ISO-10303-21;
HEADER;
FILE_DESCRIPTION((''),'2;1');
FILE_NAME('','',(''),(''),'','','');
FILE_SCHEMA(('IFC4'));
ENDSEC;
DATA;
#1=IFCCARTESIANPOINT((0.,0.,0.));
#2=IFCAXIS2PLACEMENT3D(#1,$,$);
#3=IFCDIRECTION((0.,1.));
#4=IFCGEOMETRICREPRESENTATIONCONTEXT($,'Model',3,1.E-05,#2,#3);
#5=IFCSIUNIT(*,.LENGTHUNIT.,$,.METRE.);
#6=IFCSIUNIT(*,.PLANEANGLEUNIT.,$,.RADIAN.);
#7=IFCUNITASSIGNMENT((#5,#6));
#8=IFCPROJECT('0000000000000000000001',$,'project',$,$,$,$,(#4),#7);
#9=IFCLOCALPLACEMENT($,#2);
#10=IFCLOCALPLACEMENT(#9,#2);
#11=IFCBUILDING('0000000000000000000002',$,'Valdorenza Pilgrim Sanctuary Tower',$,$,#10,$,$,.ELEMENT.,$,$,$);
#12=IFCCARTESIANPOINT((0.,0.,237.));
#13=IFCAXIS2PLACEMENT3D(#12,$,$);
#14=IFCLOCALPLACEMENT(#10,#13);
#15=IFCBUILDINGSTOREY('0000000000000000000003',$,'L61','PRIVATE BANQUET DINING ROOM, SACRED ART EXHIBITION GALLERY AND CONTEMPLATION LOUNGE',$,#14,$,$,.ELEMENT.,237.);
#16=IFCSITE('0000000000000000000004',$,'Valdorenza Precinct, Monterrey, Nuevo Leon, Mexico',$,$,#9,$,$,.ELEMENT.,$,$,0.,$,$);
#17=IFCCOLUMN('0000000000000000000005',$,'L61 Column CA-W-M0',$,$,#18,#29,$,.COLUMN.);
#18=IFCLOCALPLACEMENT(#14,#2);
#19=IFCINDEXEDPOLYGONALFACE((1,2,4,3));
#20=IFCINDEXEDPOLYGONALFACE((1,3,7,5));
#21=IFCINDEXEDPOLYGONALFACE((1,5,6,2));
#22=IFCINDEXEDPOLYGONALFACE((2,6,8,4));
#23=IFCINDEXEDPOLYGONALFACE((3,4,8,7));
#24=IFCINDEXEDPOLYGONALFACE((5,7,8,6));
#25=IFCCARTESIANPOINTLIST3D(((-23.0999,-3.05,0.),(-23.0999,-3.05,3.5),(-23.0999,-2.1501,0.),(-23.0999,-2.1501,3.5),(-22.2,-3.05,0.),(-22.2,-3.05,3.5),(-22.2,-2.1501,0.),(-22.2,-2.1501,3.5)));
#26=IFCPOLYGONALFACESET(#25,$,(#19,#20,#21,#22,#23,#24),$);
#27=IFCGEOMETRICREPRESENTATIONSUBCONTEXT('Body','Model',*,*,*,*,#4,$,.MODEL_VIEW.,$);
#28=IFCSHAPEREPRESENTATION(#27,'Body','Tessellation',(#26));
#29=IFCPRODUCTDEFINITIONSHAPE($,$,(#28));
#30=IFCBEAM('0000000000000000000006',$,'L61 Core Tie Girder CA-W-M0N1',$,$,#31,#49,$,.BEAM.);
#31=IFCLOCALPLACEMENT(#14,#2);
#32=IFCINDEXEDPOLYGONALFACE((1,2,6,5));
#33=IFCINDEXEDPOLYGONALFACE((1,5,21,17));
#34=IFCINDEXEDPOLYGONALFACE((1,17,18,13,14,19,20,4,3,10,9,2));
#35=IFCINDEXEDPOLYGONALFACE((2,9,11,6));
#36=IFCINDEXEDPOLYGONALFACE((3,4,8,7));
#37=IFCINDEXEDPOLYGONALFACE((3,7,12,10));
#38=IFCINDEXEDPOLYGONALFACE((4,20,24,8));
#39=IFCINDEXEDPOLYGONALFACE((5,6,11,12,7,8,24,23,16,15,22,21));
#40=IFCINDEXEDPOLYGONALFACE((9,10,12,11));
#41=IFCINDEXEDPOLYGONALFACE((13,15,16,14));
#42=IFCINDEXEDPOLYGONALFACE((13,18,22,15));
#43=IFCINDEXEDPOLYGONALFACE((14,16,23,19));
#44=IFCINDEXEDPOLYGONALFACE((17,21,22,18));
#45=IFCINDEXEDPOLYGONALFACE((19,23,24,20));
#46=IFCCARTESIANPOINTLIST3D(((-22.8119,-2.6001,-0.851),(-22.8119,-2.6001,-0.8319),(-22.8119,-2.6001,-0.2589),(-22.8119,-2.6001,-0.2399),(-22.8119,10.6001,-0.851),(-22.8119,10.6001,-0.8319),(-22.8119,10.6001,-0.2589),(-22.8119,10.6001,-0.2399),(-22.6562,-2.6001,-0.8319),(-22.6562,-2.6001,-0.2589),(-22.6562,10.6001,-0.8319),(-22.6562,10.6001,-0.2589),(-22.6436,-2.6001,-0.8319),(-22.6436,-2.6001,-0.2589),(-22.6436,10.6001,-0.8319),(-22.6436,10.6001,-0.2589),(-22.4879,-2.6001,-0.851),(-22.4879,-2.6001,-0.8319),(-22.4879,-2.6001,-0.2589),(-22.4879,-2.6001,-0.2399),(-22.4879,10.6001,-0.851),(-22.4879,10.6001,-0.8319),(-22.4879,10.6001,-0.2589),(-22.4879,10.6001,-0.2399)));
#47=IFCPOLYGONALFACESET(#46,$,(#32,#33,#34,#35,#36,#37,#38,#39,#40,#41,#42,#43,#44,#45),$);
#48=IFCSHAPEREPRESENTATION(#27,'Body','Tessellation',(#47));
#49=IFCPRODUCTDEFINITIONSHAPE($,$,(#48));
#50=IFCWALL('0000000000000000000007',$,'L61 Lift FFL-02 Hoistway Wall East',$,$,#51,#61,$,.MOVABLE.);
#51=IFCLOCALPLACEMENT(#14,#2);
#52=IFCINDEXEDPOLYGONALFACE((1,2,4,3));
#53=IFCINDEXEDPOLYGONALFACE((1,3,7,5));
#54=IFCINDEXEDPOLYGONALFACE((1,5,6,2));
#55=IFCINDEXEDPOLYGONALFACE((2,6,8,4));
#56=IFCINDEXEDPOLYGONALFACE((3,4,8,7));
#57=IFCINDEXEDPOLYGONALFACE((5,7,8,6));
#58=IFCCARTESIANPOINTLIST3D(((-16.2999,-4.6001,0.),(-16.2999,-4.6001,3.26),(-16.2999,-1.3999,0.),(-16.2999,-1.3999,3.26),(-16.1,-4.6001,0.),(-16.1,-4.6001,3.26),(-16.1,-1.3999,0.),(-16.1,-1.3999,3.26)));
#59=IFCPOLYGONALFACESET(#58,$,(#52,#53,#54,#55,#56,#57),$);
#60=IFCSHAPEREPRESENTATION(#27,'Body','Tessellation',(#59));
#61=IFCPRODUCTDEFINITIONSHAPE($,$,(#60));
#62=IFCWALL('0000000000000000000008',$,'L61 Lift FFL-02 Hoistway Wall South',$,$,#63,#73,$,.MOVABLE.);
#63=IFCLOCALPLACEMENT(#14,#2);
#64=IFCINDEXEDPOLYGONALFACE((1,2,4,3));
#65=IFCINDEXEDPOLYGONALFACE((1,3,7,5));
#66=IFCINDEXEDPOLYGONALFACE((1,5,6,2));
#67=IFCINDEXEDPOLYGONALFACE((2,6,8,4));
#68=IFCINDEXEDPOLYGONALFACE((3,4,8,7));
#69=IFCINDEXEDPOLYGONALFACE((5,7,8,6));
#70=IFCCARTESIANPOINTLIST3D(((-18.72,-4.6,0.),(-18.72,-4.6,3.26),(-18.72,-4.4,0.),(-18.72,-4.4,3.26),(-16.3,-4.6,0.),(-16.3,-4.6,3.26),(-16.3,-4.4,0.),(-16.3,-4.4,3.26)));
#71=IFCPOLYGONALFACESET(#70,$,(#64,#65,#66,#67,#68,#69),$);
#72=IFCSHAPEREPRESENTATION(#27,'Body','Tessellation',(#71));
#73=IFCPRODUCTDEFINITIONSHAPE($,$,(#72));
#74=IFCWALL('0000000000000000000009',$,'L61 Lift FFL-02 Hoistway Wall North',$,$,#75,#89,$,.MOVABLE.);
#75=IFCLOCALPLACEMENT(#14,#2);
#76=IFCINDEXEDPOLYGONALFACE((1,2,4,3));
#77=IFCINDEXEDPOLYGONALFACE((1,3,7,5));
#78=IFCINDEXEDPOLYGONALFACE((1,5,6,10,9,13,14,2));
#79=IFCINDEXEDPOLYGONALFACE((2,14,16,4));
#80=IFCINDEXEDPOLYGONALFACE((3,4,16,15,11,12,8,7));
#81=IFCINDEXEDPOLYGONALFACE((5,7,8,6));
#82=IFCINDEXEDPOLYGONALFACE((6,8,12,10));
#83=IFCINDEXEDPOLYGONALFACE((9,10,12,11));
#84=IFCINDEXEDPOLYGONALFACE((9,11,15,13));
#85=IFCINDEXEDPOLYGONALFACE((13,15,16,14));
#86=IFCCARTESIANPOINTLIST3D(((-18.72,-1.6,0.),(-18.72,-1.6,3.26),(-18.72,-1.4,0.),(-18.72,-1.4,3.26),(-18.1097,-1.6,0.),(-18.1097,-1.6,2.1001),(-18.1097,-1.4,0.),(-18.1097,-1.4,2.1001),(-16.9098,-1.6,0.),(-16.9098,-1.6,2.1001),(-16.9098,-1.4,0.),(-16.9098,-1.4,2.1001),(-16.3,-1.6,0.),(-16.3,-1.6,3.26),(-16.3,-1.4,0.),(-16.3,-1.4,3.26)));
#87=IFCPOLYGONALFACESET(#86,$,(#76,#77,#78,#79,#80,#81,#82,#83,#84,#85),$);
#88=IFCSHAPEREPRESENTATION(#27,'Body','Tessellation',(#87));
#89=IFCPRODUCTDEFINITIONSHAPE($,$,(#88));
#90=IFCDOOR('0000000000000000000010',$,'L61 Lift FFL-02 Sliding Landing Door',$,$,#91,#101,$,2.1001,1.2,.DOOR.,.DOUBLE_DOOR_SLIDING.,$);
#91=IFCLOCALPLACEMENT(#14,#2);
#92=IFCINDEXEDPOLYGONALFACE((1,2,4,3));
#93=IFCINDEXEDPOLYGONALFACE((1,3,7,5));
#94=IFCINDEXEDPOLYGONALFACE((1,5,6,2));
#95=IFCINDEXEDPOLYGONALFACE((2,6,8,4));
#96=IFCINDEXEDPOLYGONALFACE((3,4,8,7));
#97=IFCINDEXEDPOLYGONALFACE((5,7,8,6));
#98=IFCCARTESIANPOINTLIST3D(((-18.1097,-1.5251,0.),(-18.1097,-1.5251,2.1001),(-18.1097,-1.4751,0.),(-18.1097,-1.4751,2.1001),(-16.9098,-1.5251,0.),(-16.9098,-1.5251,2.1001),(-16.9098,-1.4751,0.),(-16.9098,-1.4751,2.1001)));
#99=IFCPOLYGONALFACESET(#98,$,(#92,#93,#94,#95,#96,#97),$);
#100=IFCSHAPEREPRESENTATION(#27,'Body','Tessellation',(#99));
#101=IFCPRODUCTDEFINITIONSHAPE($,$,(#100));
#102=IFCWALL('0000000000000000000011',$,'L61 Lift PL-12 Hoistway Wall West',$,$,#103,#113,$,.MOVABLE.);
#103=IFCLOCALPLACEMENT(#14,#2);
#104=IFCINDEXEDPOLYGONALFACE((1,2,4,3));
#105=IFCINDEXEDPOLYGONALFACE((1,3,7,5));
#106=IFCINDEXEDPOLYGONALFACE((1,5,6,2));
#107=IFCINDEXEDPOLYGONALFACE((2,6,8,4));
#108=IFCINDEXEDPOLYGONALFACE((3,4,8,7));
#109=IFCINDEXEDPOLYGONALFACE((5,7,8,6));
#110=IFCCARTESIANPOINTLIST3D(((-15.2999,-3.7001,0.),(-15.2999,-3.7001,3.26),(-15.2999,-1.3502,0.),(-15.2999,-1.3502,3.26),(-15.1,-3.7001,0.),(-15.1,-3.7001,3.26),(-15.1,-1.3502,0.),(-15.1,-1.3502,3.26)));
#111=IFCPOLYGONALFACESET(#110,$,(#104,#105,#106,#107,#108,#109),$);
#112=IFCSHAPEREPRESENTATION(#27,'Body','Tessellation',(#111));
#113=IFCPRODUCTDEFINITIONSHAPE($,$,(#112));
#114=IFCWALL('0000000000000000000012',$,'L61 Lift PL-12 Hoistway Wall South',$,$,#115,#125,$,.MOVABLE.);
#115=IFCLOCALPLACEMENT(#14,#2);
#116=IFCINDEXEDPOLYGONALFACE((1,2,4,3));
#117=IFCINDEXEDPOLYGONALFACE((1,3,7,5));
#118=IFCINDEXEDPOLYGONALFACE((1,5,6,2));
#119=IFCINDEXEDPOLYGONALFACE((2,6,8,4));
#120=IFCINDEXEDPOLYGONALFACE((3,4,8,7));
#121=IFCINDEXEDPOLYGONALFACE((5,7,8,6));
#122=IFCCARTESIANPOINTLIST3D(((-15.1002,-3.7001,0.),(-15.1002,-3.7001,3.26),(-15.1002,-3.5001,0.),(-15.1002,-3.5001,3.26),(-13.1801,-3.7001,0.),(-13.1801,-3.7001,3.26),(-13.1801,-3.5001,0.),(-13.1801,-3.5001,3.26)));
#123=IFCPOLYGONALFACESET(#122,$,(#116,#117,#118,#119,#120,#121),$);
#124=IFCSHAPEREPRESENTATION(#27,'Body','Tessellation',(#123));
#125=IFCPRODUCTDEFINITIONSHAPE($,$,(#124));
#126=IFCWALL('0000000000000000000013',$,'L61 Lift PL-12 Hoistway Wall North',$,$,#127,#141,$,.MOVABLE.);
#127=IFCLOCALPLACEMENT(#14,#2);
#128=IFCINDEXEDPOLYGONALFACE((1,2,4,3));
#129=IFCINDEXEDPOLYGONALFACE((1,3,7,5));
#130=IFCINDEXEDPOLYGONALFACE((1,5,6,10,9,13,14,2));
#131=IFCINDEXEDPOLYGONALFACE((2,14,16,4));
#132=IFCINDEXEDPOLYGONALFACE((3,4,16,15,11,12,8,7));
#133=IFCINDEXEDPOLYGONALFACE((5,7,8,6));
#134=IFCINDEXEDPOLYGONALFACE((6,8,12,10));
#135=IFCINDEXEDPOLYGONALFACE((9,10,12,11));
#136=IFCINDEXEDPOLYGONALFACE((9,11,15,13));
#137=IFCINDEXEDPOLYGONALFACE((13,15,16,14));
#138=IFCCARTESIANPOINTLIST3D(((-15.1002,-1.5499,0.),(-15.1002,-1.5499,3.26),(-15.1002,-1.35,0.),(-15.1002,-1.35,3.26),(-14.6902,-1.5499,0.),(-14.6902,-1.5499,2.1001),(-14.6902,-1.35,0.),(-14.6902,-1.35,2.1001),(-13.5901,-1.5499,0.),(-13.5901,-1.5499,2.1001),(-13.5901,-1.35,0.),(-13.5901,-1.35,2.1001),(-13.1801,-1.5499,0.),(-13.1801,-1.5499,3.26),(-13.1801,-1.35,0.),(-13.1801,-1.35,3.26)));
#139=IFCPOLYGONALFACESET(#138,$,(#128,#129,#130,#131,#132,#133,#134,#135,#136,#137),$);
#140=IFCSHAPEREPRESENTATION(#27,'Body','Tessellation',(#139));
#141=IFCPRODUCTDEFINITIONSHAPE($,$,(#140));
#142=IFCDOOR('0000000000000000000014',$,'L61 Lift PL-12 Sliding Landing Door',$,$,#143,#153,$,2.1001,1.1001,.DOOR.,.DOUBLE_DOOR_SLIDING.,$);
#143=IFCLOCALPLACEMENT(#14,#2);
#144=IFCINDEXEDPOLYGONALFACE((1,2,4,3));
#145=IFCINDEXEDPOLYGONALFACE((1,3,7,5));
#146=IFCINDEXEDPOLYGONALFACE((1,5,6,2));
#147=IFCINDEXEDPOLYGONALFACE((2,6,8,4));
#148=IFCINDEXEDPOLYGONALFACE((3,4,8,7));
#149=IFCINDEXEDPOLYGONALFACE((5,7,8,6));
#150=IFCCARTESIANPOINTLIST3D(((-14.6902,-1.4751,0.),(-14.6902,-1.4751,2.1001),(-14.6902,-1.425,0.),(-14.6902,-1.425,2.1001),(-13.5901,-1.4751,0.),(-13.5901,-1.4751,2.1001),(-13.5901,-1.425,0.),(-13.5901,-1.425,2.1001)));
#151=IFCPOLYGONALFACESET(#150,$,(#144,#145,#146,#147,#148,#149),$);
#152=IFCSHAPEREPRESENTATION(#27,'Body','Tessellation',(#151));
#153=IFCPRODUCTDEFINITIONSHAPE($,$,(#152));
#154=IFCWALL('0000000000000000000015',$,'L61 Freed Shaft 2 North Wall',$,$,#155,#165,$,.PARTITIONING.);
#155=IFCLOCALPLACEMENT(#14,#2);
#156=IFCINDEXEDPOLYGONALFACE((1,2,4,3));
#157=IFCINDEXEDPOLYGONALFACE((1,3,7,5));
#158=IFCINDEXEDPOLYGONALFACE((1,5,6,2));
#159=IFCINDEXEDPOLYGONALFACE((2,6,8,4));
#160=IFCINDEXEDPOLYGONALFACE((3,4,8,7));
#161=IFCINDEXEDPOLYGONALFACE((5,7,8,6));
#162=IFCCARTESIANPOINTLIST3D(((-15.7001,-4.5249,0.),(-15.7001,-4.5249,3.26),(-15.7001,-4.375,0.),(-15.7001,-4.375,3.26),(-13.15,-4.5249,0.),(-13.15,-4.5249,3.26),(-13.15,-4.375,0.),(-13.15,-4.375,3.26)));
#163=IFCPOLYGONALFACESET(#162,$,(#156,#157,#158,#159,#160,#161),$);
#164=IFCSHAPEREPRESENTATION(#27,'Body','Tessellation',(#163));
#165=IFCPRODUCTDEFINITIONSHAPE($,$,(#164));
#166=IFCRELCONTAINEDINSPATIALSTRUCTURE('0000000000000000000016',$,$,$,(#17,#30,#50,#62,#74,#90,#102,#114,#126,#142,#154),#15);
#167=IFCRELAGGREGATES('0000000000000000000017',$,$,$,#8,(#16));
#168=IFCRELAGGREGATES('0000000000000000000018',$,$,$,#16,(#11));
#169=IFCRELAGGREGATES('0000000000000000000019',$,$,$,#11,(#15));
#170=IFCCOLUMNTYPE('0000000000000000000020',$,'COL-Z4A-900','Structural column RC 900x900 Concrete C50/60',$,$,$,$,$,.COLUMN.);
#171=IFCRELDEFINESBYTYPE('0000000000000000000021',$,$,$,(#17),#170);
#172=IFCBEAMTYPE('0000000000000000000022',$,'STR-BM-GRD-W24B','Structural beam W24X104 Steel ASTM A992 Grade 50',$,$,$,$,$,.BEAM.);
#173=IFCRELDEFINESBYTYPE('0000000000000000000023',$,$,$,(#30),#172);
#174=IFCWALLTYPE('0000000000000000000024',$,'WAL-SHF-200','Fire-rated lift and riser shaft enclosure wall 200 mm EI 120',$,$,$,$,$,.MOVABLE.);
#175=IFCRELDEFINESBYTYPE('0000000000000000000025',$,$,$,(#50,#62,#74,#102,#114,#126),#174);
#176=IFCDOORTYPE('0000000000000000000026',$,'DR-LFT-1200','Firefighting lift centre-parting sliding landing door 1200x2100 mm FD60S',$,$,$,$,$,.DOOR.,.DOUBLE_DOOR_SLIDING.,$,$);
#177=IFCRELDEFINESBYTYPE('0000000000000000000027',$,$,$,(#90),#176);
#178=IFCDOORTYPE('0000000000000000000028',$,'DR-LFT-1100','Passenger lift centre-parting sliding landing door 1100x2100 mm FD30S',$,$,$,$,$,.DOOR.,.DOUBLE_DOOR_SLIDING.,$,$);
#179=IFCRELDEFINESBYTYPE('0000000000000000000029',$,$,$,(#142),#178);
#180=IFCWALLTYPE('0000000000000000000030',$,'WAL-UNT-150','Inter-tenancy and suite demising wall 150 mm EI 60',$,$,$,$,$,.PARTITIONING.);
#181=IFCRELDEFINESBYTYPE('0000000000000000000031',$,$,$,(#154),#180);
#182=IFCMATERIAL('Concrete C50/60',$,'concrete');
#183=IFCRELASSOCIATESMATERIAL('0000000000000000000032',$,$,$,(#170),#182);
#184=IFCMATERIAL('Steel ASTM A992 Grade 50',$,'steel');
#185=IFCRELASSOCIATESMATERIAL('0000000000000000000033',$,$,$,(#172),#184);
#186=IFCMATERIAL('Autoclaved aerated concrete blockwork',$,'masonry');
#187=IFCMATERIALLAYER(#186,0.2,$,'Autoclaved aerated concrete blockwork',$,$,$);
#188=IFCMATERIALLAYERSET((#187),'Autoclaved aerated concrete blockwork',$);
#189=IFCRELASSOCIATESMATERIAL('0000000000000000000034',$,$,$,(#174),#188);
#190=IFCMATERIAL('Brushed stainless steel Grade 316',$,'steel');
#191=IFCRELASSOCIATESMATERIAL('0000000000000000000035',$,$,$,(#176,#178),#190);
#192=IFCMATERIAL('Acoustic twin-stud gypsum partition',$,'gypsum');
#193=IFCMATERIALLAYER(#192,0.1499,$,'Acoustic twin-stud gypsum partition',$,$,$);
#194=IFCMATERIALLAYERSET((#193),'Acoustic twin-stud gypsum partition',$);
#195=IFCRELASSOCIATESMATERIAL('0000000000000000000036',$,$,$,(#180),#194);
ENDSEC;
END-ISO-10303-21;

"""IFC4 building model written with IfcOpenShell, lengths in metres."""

from ifc_helpers import new_model, si_unit, direction, frame, frame_2d, origin, origin_2d, place, context, subcontext, project, spatial, rectangle, i_section, extrude, source, transform, mapped, material, layer, layer_set, material_profile, profile_set, type_object, element, fill, save


model = new_model("IFC4")

# Units and contexts
model_context = context("Model", 3, precision=1e-05, world=origin(), true_north=direction((0.0, 1.0)))
body_context = subcontext(model_context, "Body", "Model", "MODEL_VIEW")
ifc_project = project(units=[si_unit("LENGTHUNIT", "METRE"), si_unit("PLANEANGLEUNIT", "RADIAN")], contexts=[model_context])

# Site, building, storey
site_placement = place(None, origin())
site = spatial("IfcSite", under=ifc_project, at=site_placement, Name="Valdorenza Precinct, Monterrey, Nuevo Leon, Mexico", CompositionType="ELEMENT", RefElevation=0.0)
building_placement = place(site_placement, origin())
building = spatial("IfcBuilding", under=site, at=building_placement, Name="Valdorenza Pilgrim Sanctuary Tower", CompositionType="ELEMENT")
storey_placement = place(building_placement, frame((0.0, 0.0, 237.0)))
storey = spatial("IfcBuildingStorey", under=building, at=storey_placement, Name="L61", Description="PRIVATE BANQUET DINING ROOM, SACRED ART EXHIBITION GALLERY AND CONTEMPLATION LOUNGE", CompositionType="ELEMENT", Elevation=237.0)

# Column
ifc_material_1 = material(Name="Concrete C50/60", Category="concrete")
ifc_material_profile_1 = material_profile(ifc_material_1, rectangle(XDim=0.8999, YDim=0.8999, at=origin_2d()), Name="RC 900x900")
ifc_profile_set_1 = profile_set([ifc_material_profile_1], Name="Concrete C50/60")
column_type = type_object("IfcColumnType", Name="COL-Z4A-900", Description="Structural column RC 900x900 Concrete C50/60", PredefinedType="COLUMN", material=ifc_profile_set_1)
shared_shape_1 = source(origin(), body_context, "Body", "SweptSolid", [
    extrude(rectangle(XDim=0.8999, YDim=0.8999, at=origin_2d()), origin(), (0.0, 0.0, 1.0), 3.5),
])
column_placement = place(storey_placement, frame((-22.6499, -2.6001, 0.0), z_axis=(0.0, 0.0, 1.0), x_axis=(1.0, 0.0, 0.0)))
element("IfcColumn", 1, at=column_placement, inside=storey, type_object=column_type, Name="L61 Column CA-W-M0", PredefinedType="COLUMN", context=body_context, shape_type="MappedRepresentation", body=[
    mapped(shared_shape_1, transform((0.0, 0.0, 0.0), x_axis=(1.0, 0.0, 0.0), y_axis=(0.0, 1.0, 0.0), z_axis=(0.0, 0.0, 1.0), scale=1.0)),
])

# Beam
ifc_material_2 = material(Name="Steel ASTM A992 Grade 50", Category="steel")
ifc_material_profile_2 = material_profile(ifc_material_2, i_section(OverallWidth=0.324, OverallDepth=0.6111, WebThickness=0.0127, FlangeThickness=0.019, at=origin_2d()), Name="W24X104")
ifc_profile_set_2 = profile_set([ifc_material_profile_2], Name="Steel ASTM A992 Grade 50")
beam_type = type_object("IfcBeamType", Name="STR-BM-GRD-W24B", Description="Structural beam W24X104 Steel ASTM A992 Grade 50", PredefinedType="BEAM", material=ifc_profile_set_2)
shared_shape_2 = source(origin(), body_context, "Body", "SweptSolid", [
    extrude(i_section(OverallWidth=0.324, OverallDepth=0.6111, WebThickness=0.0127, FlangeThickness=0.019, at=origin_2d()), origin(), (0.0, 0.0, 1.0), 13.2002),
])
beam_placement = place(storey_placement, frame((-22.6499, -2.6001, -0.5454), z_axis=(0.0, 1.0, 0.0), x_axis=(-1.0, 0.0, 0.0)))
element("IfcBeam", 2, at=beam_placement, inside=storey, type_object=beam_type, Name="L61 Core Tie Girder CA-W-M0N1", PredefinedType="BEAM", context=body_context, shape_type="MappedRepresentation", body=[
    mapped(shared_shape_2, transform((0.0, 0.0, 0.0), x_axis=(1.0, 0.0, 0.0), y_axis=(0.0, 1.0, 0.0), z_axis=(0.0, 0.0, 1.0), scale=1.0)),
])

# Walls
ifc_material_3 = material(Name="Autoclaved aerated concrete blockwork", Category="masonry")
ifc_layer_1 = layer(ifc_material_3, 0.2, Name="Autoclaved aerated concrete blockwork")
ifc_layer_set_1 = layer_set([ifc_layer_1], Name="Autoclaved aerated concrete blockwork")
wall_type_1 = type_object("IfcWallType", Name="WAL-SHF-200", Description="Fire-rated lift and riser shaft enclosure wall 200 mm EI 120", PredefinedType="MOVABLE", material=ifc_layer_set_1)
wall_1_placement = place(storey_placement, frame((-16.2, -4.6001, 0.0), z_axis=(0.0, 0.0, 1.0), x_axis=(0.0, 1.0, 0.0)))
element("IfcWall", 3, at=wall_1_placement, inside=storey, type_object=wall_type_1, Name="L61 Lift FFL-02 Hoistway Wall East", PredefinedType="MOVABLE", context=body_context, shape_type="SweptSolid", body=[
    extrude(rectangle(XDim=3.2002, YDim=0.2, at=frame_2d((1.6001, 0.0))), origin(), (0.0, 0.0, 1.0), 3.26),
])
wall_2_placement = place(storey_placement, frame((-18.72, -4.5, 0.0), z_axis=(0.0, 0.0, 1.0), x_axis=(1.0, 0.0, 0.0)))
element("IfcWall", 4, at=wall_2_placement, inside=storey, type_object=wall_type_1, Name="L61 Lift FFL-02 Hoistway Wall South", PredefinedType="MOVABLE", context=body_context, shape_type="SweptSolid", body=[
    extrude(rectangle(XDim=2.4199, YDim=0.2, at=frame_2d((1.21, 0.0))), origin(), (0.0, 0.0, 1.0), 3.26),
])

# Wall, opening, door
wall_3_placement = place(storey_placement, frame((-18.72, -1.5, 0.0), z_axis=(0.0, 0.0, 1.0), x_axis=(1.0, 0.0, 0.0)))
wall_3 = element("IfcWall", 5, at=wall_3_placement, inside=storey, type_object=wall_type_1, Name="L61 Lift FFL-02 Hoistway Wall North", PredefinedType="MOVABLE", context=body_context, shape_type="SweptSolid", body=[
    extrude(rectangle(XDim=2.4199, YDim=0.2, at=frame_2d((1.21, 0.0))), origin(), (0.0, 0.0, 1.0), 3.26),
])
opening_1_placement = place(wall_3_placement, frame((0.6101, 0.0, 0.0)))
opening_1 = element("IfcOpeningElement", 6, at=opening_1_placement, cuts=wall_3, PredefinedType="OPENING", context=body_context, shape_type="SweptSolid", body=[
    extrude(rectangle(XDim=1.2, YDim=2.1001, at=frame_2d((0.6001, 1.05))), frame((0.0, 0.1147, 0.0), z_axis=(0.0, -1.0, 0.0), x_axis=(1.0, 0.0, 0.0)), (0.0, 0.0, 1.0), 0.2297),
])
ifc_material_4 = material(Name="Brushed stainless steel Grade 316", Category="steel")
door_type_1 = type_object("IfcDoorType", Name="DR-LFT-1200", Description="Firefighting lift centre-parting sliding landing door 1200x2100 mm FD60S", OperationType="DOUBLE_DOOR_SLIDING", PredefinedType="DOOR", material=ifc_material_4)
door_1_placement = place(opening_1_placement, origin())
door_1 = element("IfcDoor", 7, at=door_1_placement, inside=storey, type_object=door_type_1, Name="L61 Lift FFL-02 Sliding Landing Door", OperationType="DOUBLE_DOOR_SLIDING", OverallHeight=2.1001, OverallWidth=1.2, PredefinedType="DOOR", context=body_context, shape_type="SweptSolid", body=[
    extrude(rectangle(XDim=1.2, YDim=2.1001, at=frame_2d((0.6001, 1.05))), frame((0.0, 0.0249, 0.0), z_axis=(0.0, -1.0, 0.0), x_axis=(1.0, 0.0, 0.0)), (0.0, 0.0, 1.0), 0.05),
])
fill(opening_1, door_1)

# Walls
wall_4_placement = place(storey_placement, frame((-15.2, -3.7, 0.0), z_axis=(0.0, 0.0, 1.0), x_axis=(0.0, 1.0, 0.0)))
element("IfcWall", 8, at=wall_4_placement, inside=storey, type_object=wall_type_1, Name="L61 Lift PL-12 Hoistway Wall West", PredefinedType="MOVABLE", context=body_context, shape_type="SweptSolid", body=[
    extrude(rectangle(XDim=2.3499, YDim=0.2, at=frame_2d((1.1748, 0.0))), origin(), (0.0, 0.0, 1.0), 3.26),
])
wall_5_placement = place(storey_placement, frame((-15.1001, -3.6001, 0.0), z_axis=(0.0, 0.0, 1.0), x_axis=(1.0, 0.0, 0.0)))
element("IfcWall", 9, at=wall_5_placement, inside=storey, type_object=wall_type_1, Name="L61 Lift PL-12 Hoistway Wall South", PredefinedType="MOVABLE", context=body_context, shape_type="SweptSolid", body=[
    extrude(rectangle(XDim=1.9202, YDim=0.2, at=frame_2d((0.96, 0.0))), origin(), (0.0, 0.0, 1.0), 3.26),
])

# Wall, opening, door
wall_6_placement = place(storey_placement, frame((-15.1001, -1.45, 0.0), z_axis=(0.0, 0.0, 1.0), x_axis=(1.0, 0.0, 0.0)))
wall_6 = element("IfcWall", 10, at=wall_6_placement, inside=storey, type_object=wall_type_1, Name="L61 Lift PL-12 Hoistway Wall North", PredefinedType="MOVABLE", context=body_context, shape_type="SweptSolid", body=[
    extrude(rectangle(XDim=1.9202, YDim=0.2, at=frame_2d((0.96, 0.0))), origin(), (0.0, 0.0, 1.0), 3.26),
])
opening_2_placement = place(wall_6_placement, frame((0.4099, 0.0, 0.0)))
opening_2 = element("IfcOpeningElement", 11, at=opening_2_placement, cuts=wall_6, PredefinedType="OPENING", context=body_context, shape_type="SweptSolid", body=[
    extrude(rectangle(XDim=1.1001, YDim=2.1001, at=frame_2d((0.55, 1.05))), frame((0.0, 0.1147, 0.0), z_axis=(0.0, -1.0, 0.0), x_axis=(1.0, 0.0, 0.0)), (0.0, 0.0, 1.0), 0.2297),
])
door_type_2 = type_object("IfcDoorType", Name="DR-LFT-1100", Description="Passenger lift centre-parting sliding landing door 1100x2100 mm FD30S", OperationType="DOUBLE_DOOR_SLIDING", PredefinedType="DOOR", material=ifc_material_4)
door_2_placement = place(opening_2_placement, origin())
door_2 = element("IfcDoor", 12, at=door_2_placement, inside=storey, type_object=door_type_2, Name="L61 Lift PL-12 Sliding Landing Door", OperationType="DOUBLE_DOOR_SLIDING", OverallHeight=2.1001, OverallWidth=1.1001, PredefinedType="DOOR", context=body_context, shape_type="SweptSolid", body=[
    extrude(rectangle(XDim=1.1001, YDim=2.1001, at=frame_2d((0.55, 1.05))), frame((0.0, 0.0249, 0.0), z_axis=(0.0, -1.0, 0.0), x_axis=(1.0, 0.0, 0.0)), (0.0, 0.0, 1.0), 0.05),
])
fill(opening_2, door_2)

# Wall
ifc_material_5 = material(Name="Acoustic twin-stud gypsum partition", Category="gypsum")
ifc_layer_2 = layer(ifc_material_5, 0.1499, Name="Acoustic twin-stud gypsum partition")
ifc_layer_set_2 = layer_set([ifc_layer_2], Name="Acoustic twin-stud gypsum partition")
wall_type_2 = type_object("IfcWallType", Name="WAL-UNT-150", Description="Inter-tenancy and suite demising wall 150 mm EI 60", PredefinedType="PARTITIONING", material=ifc_layer_set_2)
wall_7_placement = place(storey_placement, frame((-15.7, -4.45, 0.0), z_axis=(0.0, 0.0, 1.0), x_axis=(1.0, 0.0, 0.0)))
element("IfcWall", 13, at=wall_7_placement, inside=storey, type_object=wall_type_2, Name="L61 Freed Shaft 2 North Wall", PredefinedType="PARTITIONING", context=body_context, shape_type="SweptSolid", body=[
    extrude(rectangle(XDim=2.55, YDim=0.1499, at=frame_2d((1.2749, 0.0))), origin(), (0.0, 0.0, 1.0), 3.26),
])

save(model, "model.ifc")
